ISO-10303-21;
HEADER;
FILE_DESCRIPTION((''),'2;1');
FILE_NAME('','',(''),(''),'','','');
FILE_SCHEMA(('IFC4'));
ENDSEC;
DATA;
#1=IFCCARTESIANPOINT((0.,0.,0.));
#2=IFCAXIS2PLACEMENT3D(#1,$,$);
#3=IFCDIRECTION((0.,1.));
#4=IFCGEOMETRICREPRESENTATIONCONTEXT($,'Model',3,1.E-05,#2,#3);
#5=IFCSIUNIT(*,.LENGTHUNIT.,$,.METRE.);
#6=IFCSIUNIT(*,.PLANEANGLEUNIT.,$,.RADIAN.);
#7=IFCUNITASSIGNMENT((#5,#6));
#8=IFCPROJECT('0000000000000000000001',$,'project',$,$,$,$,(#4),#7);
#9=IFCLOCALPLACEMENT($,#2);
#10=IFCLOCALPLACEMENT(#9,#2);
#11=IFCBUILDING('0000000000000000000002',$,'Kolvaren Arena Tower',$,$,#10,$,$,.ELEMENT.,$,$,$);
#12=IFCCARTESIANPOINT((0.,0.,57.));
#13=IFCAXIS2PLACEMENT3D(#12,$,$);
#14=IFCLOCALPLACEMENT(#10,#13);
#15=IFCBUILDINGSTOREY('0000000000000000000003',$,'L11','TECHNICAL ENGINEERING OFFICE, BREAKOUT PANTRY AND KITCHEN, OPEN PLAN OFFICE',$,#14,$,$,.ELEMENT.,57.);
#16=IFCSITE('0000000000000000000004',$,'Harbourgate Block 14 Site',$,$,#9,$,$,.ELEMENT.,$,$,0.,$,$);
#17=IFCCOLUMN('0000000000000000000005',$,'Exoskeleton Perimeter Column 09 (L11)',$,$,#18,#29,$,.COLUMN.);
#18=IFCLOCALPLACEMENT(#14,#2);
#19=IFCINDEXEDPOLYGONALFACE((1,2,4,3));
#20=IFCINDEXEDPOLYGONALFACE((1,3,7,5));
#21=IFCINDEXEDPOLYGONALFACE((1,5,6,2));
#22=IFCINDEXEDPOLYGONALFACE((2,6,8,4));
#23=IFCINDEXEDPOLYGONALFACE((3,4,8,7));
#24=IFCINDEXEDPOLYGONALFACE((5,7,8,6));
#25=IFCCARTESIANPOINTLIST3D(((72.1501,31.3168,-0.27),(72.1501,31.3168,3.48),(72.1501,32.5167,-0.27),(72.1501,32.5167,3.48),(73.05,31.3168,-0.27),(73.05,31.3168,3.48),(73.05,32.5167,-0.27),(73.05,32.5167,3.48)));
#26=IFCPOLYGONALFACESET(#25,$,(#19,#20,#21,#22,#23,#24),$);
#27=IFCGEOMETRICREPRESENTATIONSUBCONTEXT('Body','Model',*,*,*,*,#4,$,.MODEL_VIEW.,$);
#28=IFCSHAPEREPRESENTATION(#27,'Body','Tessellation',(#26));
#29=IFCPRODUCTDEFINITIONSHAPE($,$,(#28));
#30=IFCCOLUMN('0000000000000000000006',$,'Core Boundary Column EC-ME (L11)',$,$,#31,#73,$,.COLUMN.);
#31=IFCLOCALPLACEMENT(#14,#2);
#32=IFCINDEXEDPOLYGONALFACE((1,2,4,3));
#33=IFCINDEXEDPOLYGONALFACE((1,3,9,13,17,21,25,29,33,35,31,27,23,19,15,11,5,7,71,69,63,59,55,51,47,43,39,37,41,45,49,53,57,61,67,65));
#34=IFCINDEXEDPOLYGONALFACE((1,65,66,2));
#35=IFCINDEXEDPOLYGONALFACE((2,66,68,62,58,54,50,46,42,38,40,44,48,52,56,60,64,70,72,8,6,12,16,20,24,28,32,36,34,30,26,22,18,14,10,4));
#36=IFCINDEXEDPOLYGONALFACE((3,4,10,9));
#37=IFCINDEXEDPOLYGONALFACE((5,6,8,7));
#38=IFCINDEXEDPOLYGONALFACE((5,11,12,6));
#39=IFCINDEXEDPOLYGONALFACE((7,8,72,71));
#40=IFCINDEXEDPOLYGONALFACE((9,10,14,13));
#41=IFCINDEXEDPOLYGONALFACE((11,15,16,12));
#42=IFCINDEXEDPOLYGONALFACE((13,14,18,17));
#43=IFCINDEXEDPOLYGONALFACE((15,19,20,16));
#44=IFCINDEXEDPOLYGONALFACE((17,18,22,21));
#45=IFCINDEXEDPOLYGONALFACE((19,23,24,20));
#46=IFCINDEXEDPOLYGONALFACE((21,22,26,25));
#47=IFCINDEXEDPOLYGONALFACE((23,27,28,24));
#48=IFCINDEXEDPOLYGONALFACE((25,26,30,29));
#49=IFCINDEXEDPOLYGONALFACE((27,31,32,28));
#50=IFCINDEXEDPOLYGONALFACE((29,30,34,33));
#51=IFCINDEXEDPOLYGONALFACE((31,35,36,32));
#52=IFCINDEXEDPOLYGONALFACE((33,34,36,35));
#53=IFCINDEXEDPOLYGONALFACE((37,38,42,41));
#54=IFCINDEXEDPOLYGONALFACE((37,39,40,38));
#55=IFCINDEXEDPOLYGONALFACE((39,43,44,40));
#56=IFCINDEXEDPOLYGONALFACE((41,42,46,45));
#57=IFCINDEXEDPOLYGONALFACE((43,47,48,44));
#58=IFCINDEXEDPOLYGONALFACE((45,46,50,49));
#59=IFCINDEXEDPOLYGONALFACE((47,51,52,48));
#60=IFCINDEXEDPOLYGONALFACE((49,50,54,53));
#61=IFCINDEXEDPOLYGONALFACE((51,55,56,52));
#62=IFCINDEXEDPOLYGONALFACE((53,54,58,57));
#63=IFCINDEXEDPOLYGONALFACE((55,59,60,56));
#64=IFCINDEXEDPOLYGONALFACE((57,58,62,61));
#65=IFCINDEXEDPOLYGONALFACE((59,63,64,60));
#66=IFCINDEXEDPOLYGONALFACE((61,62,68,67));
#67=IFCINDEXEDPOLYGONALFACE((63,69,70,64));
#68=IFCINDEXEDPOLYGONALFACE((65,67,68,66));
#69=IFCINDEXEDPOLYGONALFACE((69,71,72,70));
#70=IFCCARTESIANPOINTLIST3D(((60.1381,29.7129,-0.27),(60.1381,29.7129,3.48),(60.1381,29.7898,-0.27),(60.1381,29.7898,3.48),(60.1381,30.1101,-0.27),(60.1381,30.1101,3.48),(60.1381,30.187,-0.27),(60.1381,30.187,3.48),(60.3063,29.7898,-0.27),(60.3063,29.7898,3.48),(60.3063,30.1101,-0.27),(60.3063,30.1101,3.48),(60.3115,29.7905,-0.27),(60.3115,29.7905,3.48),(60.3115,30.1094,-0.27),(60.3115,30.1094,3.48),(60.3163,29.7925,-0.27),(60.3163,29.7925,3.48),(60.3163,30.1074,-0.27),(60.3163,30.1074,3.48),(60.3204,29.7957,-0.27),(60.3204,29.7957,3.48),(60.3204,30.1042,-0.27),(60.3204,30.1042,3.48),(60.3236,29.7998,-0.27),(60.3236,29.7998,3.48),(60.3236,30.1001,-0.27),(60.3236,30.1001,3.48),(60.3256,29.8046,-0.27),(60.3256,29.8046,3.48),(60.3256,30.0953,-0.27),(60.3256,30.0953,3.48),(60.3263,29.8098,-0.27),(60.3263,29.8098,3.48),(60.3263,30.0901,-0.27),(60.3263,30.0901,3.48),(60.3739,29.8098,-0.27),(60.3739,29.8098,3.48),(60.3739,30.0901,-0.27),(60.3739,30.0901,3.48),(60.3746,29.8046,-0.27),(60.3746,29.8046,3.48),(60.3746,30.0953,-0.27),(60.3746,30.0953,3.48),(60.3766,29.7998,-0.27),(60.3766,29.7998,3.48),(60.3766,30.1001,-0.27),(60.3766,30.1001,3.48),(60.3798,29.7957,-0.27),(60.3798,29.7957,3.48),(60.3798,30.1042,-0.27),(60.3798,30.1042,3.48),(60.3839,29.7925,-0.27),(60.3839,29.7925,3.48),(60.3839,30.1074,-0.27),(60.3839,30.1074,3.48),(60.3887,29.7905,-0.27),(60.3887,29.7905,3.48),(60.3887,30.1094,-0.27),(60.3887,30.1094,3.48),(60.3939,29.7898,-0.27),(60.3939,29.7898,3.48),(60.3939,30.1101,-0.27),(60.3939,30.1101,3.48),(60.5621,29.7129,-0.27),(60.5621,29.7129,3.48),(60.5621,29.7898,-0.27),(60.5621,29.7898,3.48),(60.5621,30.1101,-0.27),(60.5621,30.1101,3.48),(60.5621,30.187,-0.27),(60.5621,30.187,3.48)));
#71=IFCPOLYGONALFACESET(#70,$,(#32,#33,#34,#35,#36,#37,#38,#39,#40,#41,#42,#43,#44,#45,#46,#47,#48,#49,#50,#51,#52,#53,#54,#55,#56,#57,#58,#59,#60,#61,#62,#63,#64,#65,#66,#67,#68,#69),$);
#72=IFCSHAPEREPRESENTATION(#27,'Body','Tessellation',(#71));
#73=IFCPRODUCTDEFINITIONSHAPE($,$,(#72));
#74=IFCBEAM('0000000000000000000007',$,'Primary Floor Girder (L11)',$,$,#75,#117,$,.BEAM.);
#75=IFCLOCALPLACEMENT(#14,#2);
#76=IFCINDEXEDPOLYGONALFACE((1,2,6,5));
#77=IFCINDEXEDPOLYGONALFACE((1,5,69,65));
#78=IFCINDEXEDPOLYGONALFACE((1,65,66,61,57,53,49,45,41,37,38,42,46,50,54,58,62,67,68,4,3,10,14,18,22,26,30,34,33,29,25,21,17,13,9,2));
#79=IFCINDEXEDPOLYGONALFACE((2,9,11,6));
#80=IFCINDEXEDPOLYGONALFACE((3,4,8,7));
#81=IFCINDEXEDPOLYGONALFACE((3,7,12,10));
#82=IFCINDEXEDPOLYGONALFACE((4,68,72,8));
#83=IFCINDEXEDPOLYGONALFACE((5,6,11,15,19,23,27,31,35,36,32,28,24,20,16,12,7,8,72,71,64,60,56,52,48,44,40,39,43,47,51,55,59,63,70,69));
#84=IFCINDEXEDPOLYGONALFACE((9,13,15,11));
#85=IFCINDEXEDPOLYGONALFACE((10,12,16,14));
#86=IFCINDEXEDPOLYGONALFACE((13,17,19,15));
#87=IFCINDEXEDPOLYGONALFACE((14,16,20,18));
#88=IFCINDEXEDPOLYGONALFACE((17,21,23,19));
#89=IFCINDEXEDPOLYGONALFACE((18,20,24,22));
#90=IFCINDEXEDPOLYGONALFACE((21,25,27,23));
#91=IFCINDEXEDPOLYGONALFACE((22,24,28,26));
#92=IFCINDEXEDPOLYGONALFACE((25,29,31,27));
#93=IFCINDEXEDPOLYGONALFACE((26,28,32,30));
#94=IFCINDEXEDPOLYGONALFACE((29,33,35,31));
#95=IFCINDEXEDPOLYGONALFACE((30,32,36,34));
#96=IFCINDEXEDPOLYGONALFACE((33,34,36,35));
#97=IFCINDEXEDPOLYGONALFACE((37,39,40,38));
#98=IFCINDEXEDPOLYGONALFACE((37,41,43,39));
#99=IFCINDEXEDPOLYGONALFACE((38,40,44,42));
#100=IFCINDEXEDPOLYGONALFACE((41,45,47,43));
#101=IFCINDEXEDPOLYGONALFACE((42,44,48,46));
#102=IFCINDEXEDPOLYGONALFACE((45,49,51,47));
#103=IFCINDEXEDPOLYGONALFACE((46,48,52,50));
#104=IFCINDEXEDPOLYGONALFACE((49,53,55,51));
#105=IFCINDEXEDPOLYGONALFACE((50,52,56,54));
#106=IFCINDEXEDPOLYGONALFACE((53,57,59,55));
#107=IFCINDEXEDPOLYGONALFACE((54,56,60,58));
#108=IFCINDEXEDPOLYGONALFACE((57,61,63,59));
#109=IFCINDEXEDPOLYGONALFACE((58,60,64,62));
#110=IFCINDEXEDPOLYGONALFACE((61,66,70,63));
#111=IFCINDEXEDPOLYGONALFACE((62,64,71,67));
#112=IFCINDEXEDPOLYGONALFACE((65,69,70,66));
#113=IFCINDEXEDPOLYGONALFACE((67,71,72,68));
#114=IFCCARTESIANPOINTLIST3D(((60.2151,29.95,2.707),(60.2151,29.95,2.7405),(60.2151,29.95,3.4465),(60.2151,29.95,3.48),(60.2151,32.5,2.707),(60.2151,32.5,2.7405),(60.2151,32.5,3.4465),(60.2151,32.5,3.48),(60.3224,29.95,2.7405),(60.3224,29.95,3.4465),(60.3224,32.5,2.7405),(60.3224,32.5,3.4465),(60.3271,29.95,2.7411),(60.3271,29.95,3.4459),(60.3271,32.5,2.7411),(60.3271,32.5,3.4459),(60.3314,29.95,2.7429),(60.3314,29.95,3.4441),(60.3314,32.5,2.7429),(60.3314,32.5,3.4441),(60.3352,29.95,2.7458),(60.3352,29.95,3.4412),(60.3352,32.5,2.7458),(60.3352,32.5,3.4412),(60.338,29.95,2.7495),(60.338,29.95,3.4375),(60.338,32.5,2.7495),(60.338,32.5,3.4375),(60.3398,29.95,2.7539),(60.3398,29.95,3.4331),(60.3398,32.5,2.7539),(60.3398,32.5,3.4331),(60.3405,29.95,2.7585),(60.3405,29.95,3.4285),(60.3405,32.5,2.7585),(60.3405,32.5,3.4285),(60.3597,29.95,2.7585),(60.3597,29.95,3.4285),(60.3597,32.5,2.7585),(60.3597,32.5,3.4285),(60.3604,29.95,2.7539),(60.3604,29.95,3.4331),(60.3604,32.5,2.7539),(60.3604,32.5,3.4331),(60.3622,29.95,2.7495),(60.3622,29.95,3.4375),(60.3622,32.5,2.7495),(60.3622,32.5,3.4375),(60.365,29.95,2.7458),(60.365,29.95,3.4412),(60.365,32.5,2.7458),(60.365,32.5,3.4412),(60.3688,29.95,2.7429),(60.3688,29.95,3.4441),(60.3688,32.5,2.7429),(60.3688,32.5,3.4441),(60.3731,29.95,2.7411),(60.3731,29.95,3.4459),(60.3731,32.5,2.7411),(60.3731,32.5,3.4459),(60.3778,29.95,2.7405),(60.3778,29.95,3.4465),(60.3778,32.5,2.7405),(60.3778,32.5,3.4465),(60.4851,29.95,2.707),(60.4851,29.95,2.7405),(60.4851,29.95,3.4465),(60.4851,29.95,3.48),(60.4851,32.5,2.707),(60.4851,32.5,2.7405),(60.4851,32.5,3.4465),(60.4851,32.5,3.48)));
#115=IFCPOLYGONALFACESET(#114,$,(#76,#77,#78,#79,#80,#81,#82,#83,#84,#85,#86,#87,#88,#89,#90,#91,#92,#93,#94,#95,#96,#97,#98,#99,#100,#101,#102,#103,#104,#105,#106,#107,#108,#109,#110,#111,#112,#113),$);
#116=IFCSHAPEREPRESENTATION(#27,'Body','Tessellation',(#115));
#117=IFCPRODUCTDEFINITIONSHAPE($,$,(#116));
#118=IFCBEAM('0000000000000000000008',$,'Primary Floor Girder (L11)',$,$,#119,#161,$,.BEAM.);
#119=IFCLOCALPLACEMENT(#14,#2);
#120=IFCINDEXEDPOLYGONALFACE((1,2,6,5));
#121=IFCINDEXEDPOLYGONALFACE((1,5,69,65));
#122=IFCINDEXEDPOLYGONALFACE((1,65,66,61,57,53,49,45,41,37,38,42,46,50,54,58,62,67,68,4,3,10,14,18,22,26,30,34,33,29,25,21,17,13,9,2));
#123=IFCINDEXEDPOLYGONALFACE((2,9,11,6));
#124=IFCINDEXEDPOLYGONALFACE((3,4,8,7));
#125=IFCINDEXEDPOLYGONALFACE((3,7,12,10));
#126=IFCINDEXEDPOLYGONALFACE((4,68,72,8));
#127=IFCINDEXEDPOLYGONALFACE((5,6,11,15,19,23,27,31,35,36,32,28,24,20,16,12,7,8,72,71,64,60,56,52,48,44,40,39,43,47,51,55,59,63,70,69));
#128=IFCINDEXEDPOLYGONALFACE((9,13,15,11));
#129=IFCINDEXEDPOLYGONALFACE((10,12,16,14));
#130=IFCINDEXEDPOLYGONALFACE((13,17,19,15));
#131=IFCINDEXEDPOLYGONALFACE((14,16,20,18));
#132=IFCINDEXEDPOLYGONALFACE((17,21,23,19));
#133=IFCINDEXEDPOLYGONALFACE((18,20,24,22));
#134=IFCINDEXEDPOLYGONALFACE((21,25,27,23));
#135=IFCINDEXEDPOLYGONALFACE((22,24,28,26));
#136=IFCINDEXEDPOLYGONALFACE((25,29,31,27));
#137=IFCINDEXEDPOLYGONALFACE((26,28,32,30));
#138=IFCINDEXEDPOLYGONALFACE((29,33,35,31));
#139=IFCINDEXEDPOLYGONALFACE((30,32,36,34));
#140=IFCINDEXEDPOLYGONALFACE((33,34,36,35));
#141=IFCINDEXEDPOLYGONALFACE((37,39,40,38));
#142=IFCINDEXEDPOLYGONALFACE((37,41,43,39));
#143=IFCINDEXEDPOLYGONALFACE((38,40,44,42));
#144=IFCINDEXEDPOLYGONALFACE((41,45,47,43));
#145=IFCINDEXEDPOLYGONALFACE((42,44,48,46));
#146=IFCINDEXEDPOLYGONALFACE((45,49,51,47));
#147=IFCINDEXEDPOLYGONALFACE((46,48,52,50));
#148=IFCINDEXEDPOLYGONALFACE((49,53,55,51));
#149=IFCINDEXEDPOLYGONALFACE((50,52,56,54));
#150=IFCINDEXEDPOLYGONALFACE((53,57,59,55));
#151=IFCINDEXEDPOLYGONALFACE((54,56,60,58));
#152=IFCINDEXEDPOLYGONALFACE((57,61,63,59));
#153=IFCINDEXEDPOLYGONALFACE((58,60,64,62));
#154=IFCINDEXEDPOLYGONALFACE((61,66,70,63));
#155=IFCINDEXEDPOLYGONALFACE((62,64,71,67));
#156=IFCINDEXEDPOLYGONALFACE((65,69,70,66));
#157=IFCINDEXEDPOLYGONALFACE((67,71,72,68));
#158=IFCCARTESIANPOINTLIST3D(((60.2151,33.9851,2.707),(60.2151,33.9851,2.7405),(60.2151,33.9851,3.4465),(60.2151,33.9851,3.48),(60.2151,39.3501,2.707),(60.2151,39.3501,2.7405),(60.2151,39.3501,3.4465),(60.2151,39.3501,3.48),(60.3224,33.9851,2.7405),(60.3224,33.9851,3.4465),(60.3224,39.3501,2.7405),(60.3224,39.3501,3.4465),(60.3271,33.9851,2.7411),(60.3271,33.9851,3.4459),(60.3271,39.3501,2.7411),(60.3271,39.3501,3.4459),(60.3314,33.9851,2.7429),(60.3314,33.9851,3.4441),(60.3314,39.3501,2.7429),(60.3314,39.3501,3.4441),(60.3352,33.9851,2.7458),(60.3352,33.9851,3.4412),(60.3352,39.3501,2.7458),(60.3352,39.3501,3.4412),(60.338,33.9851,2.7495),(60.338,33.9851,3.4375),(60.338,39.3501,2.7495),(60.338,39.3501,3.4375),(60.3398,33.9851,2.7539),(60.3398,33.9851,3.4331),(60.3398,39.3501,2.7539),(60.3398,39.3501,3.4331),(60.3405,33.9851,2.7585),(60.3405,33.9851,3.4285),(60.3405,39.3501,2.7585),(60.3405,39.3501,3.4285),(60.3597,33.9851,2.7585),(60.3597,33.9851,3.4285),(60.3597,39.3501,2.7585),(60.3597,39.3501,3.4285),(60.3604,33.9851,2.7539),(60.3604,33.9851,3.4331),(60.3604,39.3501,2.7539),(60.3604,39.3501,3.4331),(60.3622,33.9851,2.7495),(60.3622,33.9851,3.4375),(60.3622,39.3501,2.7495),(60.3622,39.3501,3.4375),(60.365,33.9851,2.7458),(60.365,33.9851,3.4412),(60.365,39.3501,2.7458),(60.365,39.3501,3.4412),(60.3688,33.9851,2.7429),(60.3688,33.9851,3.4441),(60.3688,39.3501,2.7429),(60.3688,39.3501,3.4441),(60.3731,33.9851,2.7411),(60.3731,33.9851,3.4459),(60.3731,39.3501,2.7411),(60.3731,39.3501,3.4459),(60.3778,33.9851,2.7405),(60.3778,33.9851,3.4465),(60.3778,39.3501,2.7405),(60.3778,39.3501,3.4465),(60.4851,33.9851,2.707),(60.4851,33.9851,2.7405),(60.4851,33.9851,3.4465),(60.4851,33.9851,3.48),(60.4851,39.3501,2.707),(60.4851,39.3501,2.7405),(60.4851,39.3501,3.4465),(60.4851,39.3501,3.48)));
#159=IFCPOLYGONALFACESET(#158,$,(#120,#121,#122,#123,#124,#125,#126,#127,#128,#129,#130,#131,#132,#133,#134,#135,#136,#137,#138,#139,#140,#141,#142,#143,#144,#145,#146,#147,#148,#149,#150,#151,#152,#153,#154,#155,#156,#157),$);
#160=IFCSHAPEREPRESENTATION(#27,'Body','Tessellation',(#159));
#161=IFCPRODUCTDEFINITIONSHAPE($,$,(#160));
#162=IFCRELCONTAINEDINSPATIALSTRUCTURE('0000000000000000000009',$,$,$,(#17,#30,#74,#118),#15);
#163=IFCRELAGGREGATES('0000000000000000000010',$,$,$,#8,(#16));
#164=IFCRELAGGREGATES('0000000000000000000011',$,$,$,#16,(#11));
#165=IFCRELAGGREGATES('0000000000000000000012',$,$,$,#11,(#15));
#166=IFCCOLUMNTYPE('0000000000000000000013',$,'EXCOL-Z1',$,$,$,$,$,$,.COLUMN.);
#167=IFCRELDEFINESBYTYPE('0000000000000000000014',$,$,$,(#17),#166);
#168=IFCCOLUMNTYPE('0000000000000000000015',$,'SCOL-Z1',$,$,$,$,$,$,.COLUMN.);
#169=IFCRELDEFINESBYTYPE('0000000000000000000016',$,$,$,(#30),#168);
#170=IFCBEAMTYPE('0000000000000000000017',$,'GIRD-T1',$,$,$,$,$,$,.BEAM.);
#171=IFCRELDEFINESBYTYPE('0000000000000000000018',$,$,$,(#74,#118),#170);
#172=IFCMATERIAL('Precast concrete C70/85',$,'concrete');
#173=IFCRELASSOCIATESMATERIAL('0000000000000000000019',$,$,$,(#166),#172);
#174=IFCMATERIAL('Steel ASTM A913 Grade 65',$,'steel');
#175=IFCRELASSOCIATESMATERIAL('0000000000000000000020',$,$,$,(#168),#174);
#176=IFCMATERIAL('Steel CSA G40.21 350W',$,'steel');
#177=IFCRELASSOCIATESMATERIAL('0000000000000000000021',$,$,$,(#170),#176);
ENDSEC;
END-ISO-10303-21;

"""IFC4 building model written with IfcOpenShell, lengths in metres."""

from ifc_helpers import new_model, si_unit, direction, frame, origin, origin_2d, place, context, subcontext, project, spatial, rectangle, i_section, extrude, material, material_profile, profile_set, type_object, element, save


model = new_model("IFC4")

# Units and contexts
model_context = context("Model", 3, precision=1e-05, world=origin(), true_north=direction((0.0, 1.0)))
body_context = subcontext(model_context, "Body", "Model", "MODEL_VIEW")
ifc_project = project(units=[si_unit("LENGTHUNIT", "METRE"), si_unit("PLANEANGLEUNIT", "RADIAN")], contexts=[model_context])

# Site, building, storey
site_placement = place(None, origin())
site = spatial("IfcSite", under=ifc_project, at=site_placement, Name="Harbourgate Block 14 Site", CompositionType="ELEMENT", RefElevation=0.0)
building_placement = place(site_placement, origin())
building = spatial("IfcBuilding", under=site, at=building_placement, Name="Kolvaren Arena Tower", CompositionType="ELEMENT")
storey_placement = place(building_placement, frame((0.0, 0.0, 57.0)))
storey = spatial("IfcBuildingStorey", under=building, at=storey_placement, Name="L11", Description="TECHNICAL ENGINEERING OFFICE, BREAKOUT PANTRY AND KITCHEN, OPEN PLAN OFFICE", CompositionType="ELEMENT", Elevation=57.0)

# Columns
ifc_material_1 = material(Name="Precast concrete C70/85", Category="concrete")
ifc_material_profile_1 = material_profile(ifc_material_1, rectangle(XDim=1.2, YDim=0.8999, at=origin_2d()), Name="RC-1200x900")
ifc_profile_set_1 = profile_set([ifc_material_profile_1], Name="Precast concrete C70/85")
column_type_1 = type_object("IfcColumnType", Name="EXCOL-Z1", PredefinedType="COLUMN", material=ifc_profile_set_1)
column_1_placement = place(storey_placement, frame((72.6001, 31.9167, -0.27), z_axis=(0.0, 0.0, 1.0), x_axis=(0.0, 1.0, 0.0)))
element("IfcColumn", 1, at=column_1_placement, inside=storey, type_object=column_type_1, Name="Exoskeleton Perimeter Column 09 (L11)", PredefinedType="COLUMN", context=body_context, shape_type="SweptSolid", body=[
    extrude(rectangle(XDim=1.2, YDim=0.8999, at=origin_2d()), origin(), (0.0, 0.0, 1.0), 3.75),
])
ifc_material_2 = material(Name="Steel ASTM A913 Grade 65", Category="steel")
ifc_material_profile_2 = material_profile(ifc_material_2, i_section(OverallWidth=0.4241, OverallDepth=0.4741, WebThickness=0.0476, FlangeThickness=0.0769, FilletRadius=0.02, at=origin_2d()), Name="W360x634")
ifc_profile_set_2 = profile_set([ifc_material_profile_2], Name="Steel ASTM A913 Grade 65")
column_type_2 = type_object("IfcColumnType", Name="SCOL-Z1", PredefinedType="COLUMN", material=ifc_profile_set_2)
column_2_placement = place(storey_placement, frame((60.3501, 29.95, -0.27), z_axis=(0.0, 0.0, 1.0), x_axis=(1.0, 0.0, 0.0)))
element("IfcColumn", 2, at=column_2_placement, inside=storey, type_object=column_type_2, Name="Core Boundary Column EC-ME (L11)", PredefinedType="COLUMN", context=body_context, shape_type="SweptSolid", body=[
    extrude(i_section(OverallWidth=0.4241, OverallDepth=0.4741, WebThickness=0.0476, FlangeThickness=0.0769, FilletRadius=0.02, at=origin_2d()), origin(), (0.0, 0.0, 1.0), 3.75),
])

# Beams
ifc_material_3 = material(Name="Steel CSA G40.21 350W", Category="steel")
ifc_material_profile_3 = material_profile(ifc_material_3, i_section(OverallWidth=0.27, OverallDepth=0.7729, WebThickness=0.0193, FlangeThickness=0.0334, FilletRadius=0.0181, at=origin_2d()), Name="W760x257")
ifc_profile_set_3 = profile_set([ifc_material_profile_3], Name="Steel CSA G40.21 350W")
beam_type_1 = type_object("IfcBeamType", Name="GIRD-T1", PredefinedType="BEAM", material=ifc_profile_set_3)
beam_1_placement = place(storey_placement, frame((60.3501, 29.95, 3.0935), z_axis=(0.0, 1.0, 0.0), x_axis=(-1.0, 0.0, 0.0)))
element("IfcBeam", 3, at=beam_1_placement, inside=storey, type_object=beam_type_1, Name="Primary Floor Girder (L11)", PredefinedType="BEAM", context=body_context, shape_type="SweptSolid", body=[
    extrude(i_section(OverallWidth=0.27, OverallDepth=0.7729, WebThickness=0.0193, FlangeThickness=0.0334, FilletRadius=0.0181, at=origin_2d()), origin(), (0.0, 0.0, 1.0), 2.55),
])
beam_2_placement = place(storey_placement, frame((60.3501, 33.9851, 3.0935), z_axis=(0.0, 1.0, 0.0), x_axis=(-1.0, 0.0, 0.0)))
element("IfcBeam", 4, at=beam_2_placement, inside=storey, type_object=beam_type_1, Name="Primary Floor Girder (L11)", PredefinedType="BEAM", context=body_context, shape_type="SweptSolid", body=[
    extrude(i_section(OverallWidth=0.27, OverallDepth=0.7729, WebThickness=0.0193, FlangeThickness=0.0334, FilletRadius=0.0181, at=origin_2d()), origin(), (0.0, 0.0, 1.0), 5.365),
])

save(model, "model.ifc")
